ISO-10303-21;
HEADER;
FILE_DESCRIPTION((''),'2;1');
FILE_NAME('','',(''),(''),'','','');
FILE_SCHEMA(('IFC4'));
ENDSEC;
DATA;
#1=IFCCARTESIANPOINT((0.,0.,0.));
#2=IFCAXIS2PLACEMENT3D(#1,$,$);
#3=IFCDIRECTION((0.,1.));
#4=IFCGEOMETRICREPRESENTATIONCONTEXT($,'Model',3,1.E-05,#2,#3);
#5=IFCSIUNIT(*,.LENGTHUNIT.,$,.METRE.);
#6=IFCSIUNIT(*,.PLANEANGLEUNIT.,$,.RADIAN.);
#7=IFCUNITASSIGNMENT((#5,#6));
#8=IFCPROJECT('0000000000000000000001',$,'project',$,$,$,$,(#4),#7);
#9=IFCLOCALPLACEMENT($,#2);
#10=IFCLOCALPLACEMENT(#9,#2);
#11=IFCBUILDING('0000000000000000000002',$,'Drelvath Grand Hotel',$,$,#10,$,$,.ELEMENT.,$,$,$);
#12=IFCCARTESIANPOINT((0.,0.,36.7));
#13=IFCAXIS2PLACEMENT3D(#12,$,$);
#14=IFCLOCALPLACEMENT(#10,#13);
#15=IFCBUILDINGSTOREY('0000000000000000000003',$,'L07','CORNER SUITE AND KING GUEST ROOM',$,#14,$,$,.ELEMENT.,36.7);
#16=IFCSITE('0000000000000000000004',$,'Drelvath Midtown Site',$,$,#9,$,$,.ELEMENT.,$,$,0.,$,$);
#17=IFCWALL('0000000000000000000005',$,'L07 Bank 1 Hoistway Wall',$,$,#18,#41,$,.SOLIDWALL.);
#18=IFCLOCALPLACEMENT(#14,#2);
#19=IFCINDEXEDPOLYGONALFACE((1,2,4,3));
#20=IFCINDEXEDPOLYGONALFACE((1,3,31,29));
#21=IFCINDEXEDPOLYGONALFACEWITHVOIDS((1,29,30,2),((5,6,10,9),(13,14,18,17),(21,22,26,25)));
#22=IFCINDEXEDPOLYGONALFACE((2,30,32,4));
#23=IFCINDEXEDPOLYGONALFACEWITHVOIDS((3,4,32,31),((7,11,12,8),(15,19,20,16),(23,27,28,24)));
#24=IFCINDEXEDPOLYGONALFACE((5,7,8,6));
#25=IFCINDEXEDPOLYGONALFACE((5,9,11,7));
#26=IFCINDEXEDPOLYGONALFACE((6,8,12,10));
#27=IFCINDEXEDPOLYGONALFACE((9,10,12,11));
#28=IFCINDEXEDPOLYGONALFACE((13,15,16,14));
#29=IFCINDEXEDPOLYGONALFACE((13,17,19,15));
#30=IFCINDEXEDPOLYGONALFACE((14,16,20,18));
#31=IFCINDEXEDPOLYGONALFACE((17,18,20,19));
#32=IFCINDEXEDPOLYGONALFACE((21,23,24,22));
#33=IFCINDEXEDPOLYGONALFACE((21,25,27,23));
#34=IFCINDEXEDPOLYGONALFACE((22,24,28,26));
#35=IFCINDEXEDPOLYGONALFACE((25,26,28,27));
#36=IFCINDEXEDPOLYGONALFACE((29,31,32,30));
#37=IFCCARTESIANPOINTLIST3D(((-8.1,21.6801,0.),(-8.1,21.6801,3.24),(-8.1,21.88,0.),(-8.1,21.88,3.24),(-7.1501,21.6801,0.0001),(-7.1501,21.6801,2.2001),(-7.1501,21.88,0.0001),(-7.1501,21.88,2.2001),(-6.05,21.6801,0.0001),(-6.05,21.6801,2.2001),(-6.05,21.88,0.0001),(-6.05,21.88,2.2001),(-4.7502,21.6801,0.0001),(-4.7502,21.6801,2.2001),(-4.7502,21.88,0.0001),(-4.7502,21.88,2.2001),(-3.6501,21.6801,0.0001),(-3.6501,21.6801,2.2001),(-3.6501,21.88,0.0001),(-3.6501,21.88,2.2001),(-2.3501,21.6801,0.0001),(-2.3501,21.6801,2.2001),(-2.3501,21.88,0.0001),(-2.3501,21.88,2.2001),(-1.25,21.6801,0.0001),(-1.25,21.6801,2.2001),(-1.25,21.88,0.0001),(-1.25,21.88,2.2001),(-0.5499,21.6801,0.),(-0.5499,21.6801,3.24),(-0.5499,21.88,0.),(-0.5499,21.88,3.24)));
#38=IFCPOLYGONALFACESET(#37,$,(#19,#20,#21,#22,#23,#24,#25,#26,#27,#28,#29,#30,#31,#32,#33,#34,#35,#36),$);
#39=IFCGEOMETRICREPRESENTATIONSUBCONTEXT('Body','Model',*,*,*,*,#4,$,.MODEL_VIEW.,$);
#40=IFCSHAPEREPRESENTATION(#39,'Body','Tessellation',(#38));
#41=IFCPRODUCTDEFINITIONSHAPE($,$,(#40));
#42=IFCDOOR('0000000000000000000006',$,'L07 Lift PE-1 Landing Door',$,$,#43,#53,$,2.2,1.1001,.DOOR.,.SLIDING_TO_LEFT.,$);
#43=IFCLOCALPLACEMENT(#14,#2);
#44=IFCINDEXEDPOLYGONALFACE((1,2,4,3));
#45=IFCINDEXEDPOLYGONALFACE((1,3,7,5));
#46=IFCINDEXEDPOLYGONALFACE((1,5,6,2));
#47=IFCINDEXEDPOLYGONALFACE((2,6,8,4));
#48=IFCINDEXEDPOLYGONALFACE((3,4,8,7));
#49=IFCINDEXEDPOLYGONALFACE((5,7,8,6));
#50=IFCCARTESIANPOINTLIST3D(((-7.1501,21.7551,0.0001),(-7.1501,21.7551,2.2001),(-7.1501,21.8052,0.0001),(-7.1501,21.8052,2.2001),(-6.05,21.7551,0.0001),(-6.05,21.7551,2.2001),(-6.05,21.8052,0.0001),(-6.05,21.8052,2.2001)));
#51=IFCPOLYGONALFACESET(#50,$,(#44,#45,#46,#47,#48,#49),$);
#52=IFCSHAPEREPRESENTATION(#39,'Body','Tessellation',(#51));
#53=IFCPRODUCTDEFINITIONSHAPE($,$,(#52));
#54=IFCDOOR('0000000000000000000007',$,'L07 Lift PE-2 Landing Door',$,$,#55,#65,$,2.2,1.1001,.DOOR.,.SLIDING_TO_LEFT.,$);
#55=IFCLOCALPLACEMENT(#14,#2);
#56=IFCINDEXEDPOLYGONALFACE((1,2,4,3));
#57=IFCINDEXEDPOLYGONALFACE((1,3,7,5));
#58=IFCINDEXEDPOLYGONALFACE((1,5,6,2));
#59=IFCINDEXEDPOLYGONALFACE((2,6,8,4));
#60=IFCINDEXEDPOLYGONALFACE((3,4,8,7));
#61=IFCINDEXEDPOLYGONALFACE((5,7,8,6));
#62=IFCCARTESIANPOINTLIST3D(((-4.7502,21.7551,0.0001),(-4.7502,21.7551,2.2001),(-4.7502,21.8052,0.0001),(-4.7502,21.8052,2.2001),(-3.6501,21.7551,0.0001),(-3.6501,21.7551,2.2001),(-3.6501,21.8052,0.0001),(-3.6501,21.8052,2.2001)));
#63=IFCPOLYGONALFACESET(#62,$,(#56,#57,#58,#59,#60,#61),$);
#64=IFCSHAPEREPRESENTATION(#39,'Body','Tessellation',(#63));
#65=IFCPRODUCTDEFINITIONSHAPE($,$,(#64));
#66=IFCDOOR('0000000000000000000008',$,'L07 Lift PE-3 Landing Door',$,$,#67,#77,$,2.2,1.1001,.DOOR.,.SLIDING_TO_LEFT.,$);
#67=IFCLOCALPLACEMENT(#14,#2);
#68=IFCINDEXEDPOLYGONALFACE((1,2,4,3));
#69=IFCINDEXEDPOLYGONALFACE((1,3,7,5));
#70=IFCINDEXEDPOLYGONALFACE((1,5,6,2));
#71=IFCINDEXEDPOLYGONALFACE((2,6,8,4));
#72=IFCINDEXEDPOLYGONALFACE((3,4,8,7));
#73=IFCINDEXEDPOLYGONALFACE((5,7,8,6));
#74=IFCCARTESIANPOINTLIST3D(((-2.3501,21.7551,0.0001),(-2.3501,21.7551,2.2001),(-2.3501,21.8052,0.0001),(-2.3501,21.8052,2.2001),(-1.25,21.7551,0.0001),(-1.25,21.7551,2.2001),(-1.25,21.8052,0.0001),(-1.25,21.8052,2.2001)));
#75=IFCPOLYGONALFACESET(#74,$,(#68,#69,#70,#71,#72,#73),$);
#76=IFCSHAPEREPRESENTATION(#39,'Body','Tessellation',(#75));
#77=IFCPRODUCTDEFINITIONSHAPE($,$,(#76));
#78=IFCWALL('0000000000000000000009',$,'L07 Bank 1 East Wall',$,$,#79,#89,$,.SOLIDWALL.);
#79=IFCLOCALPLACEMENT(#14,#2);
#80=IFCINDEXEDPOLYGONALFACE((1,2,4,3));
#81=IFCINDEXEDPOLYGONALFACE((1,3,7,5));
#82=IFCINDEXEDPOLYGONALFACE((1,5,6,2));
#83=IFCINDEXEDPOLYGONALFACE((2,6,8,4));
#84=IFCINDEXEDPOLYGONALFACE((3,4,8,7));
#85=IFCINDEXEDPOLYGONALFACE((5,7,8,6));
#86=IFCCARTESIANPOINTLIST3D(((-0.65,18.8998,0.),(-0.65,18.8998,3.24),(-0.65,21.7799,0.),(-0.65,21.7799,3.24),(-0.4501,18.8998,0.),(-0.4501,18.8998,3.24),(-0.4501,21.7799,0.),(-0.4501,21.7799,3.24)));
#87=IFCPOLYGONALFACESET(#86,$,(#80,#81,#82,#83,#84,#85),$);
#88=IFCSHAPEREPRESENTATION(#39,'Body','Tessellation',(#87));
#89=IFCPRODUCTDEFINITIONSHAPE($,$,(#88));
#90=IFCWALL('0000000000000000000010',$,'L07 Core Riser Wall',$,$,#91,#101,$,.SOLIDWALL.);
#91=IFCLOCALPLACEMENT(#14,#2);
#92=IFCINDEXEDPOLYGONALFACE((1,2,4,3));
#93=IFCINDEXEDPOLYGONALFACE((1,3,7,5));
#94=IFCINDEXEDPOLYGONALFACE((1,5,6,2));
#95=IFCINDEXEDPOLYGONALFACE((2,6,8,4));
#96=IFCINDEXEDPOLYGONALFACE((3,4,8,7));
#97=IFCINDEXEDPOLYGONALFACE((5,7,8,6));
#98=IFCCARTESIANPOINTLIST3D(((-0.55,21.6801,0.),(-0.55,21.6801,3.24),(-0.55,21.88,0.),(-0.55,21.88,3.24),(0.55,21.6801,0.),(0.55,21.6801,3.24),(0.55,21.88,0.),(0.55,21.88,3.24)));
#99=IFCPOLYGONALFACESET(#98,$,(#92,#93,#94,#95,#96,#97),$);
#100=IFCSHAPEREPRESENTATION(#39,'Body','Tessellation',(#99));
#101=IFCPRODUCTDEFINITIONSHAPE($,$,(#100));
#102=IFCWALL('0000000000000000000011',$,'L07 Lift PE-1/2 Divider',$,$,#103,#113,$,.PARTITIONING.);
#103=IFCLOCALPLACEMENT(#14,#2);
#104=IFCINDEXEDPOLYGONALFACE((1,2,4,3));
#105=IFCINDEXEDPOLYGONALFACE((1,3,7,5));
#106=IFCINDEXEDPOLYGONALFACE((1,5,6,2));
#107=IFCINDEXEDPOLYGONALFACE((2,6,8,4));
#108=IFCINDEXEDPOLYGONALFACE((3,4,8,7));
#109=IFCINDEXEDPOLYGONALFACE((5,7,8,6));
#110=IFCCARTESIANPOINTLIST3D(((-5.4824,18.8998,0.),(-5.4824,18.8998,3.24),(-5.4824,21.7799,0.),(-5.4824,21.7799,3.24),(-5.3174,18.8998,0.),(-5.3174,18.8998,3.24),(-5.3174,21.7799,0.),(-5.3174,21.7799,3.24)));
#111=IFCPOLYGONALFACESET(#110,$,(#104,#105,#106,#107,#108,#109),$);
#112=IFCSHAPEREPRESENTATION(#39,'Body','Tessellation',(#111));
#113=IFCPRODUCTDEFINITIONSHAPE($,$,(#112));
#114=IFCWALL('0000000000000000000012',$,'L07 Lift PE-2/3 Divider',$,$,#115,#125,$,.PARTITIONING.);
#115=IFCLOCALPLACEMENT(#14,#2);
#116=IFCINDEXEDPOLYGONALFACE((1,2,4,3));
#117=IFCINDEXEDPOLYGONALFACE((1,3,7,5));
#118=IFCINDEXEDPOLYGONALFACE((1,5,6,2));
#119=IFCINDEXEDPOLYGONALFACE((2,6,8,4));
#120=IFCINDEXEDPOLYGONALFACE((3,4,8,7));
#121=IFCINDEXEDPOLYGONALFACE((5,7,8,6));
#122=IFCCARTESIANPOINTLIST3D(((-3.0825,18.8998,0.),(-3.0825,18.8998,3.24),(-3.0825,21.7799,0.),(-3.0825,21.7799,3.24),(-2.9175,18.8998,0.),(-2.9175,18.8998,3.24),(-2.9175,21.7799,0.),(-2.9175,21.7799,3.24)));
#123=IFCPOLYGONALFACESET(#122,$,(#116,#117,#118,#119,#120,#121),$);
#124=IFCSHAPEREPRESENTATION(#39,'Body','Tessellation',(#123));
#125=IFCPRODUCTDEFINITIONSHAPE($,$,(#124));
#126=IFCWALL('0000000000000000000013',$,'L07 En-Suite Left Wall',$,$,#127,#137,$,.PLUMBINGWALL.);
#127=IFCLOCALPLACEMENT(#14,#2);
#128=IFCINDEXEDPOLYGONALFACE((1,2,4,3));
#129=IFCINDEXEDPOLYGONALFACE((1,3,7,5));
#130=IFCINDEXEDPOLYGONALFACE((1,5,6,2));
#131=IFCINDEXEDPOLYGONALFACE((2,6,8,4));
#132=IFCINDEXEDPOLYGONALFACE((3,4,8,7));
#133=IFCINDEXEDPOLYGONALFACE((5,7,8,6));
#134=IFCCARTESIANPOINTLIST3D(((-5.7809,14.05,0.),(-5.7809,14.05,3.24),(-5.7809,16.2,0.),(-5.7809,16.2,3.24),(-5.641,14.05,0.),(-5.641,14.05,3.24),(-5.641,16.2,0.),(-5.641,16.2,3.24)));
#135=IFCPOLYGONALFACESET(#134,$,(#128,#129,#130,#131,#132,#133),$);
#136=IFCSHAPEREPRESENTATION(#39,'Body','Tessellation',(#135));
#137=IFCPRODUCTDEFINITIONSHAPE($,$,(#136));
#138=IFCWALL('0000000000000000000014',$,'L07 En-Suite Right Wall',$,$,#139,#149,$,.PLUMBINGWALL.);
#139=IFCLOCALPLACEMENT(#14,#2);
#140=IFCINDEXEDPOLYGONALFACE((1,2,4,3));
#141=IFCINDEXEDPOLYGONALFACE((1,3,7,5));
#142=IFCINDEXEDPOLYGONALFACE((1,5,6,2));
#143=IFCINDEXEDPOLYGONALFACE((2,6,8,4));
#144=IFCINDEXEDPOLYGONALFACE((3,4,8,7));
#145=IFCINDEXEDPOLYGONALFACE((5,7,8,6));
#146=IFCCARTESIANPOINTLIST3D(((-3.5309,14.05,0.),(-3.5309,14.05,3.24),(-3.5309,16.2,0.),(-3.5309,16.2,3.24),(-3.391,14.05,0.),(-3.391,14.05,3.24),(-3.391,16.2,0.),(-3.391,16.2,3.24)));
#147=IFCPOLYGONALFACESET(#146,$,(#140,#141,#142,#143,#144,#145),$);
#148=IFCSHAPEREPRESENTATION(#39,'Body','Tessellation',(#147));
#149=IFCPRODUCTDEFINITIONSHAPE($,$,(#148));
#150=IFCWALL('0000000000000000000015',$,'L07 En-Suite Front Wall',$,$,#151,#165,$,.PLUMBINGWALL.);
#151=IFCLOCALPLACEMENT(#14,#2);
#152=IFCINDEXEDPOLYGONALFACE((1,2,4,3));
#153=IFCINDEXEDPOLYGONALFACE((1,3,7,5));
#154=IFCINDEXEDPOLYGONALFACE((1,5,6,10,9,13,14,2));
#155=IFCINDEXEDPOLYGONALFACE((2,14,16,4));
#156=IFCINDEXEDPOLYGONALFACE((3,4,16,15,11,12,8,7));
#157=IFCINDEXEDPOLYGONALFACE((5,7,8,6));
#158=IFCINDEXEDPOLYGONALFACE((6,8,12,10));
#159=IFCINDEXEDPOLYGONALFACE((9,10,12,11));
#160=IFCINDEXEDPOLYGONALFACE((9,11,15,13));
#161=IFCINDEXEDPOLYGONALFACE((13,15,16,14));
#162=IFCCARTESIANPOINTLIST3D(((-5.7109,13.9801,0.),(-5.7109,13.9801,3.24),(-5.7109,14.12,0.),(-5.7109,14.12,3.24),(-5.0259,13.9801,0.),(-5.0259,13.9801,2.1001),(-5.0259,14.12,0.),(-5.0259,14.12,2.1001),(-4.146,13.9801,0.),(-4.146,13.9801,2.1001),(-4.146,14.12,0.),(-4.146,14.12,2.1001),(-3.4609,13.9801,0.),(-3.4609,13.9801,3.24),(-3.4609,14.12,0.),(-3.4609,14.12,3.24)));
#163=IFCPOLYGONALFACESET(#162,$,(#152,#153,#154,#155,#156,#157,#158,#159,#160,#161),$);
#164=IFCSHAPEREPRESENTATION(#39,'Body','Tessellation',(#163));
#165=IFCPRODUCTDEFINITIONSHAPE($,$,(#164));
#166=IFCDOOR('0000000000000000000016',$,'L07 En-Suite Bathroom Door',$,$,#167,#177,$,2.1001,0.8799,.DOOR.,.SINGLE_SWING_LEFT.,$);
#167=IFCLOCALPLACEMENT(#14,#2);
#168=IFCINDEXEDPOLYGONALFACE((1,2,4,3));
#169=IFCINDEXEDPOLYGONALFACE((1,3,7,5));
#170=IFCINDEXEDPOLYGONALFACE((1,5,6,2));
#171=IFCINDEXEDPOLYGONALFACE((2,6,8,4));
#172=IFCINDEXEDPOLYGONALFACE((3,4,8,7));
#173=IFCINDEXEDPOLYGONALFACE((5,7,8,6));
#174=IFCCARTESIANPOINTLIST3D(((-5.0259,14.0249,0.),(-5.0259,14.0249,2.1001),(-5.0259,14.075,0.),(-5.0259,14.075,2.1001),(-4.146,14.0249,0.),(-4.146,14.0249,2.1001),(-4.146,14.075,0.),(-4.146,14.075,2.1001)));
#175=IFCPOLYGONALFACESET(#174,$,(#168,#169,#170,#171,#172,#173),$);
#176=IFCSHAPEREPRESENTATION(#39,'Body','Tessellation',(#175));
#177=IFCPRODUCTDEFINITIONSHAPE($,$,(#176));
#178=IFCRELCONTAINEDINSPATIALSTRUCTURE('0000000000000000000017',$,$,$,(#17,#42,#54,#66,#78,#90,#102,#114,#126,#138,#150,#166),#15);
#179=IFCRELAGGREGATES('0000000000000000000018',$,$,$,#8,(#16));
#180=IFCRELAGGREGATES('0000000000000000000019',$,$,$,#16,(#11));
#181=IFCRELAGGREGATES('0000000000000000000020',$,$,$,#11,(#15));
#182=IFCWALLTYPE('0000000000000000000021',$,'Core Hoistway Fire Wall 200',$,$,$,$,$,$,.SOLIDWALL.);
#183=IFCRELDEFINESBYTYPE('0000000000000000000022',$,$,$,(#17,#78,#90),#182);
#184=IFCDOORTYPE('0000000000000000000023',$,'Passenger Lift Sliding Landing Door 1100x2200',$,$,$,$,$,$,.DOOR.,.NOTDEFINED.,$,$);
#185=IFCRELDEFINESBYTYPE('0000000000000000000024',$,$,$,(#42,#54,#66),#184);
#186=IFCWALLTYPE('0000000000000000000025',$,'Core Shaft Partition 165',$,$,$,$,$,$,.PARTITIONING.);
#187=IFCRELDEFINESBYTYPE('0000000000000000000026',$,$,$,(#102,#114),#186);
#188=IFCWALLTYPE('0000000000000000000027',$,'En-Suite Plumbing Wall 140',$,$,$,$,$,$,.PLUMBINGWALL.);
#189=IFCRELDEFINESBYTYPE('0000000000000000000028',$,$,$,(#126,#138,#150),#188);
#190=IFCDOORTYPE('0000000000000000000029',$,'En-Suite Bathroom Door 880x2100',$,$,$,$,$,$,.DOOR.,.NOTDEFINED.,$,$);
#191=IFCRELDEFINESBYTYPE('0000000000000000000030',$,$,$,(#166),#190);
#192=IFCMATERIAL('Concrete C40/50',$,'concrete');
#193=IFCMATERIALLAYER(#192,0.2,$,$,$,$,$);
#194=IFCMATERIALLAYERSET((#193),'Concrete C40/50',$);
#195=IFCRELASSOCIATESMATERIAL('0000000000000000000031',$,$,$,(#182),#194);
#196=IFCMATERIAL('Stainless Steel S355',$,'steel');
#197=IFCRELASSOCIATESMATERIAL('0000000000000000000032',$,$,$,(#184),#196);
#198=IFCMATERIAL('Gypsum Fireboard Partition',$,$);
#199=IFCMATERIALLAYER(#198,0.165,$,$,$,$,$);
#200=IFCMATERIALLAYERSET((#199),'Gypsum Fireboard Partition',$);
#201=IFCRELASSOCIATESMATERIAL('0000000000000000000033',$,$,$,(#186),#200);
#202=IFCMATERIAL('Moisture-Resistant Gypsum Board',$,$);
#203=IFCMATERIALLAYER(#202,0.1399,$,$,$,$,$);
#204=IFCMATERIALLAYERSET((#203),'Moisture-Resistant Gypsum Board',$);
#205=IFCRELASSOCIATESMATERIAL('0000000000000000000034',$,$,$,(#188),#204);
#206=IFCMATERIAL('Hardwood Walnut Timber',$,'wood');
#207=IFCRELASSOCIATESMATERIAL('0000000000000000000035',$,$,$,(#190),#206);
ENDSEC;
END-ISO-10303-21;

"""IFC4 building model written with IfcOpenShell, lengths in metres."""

from ifc_helpers import new_model, si_unit, direction, frame, frame_2d, origin, place, context, subcontext, project, spatial, rectangle, extrude, material, layer, layer_set, type_object, element, fill, save


model = new_model("IFC4")

# Units and contexts
model_context = context("Model", 3, precision=1e-05, world=origin(), true_north=direction((0.0, 1.0)))
body_context = subcontext(model_context, "Body", "Model", "MODEL_VIEW")
ifc_project = project(units=[si_unit("LENGTHUNIT", "METRE"), si_unit("PLANEANGLEUNIT", "RADIAN")], contexts=[model_context])

# Site, building, storey
site_placement = place(None, origin())
site = spatial("IfcSite", under=ifc_project, at=site_placement, Name="Drelvath Midtown Site", CompositionType="ELEMENT", RefElevation=0.0)
building_placement = place(site_placement, origin())
building = spatial("IfcBuilding", under=site, at=building_placement, Name="Drelvath Grand Hotel", CompositionType="ELEMENT")
storey_placement = place(building_placement, frame((0.0, 0.0, 36.7)))
storey = spatial("IfcBuildingStorey", under=building, at=storey_placement, Name="L07", Description="CORNER SUITE AND KING GUEST ROOM", CompositionType="ELEMENT", Elevation=36.7)

# Wall, openings, doors
ifc_material_1 = material(Name="Concrete C40/50", Category="concrete")
ifc_layer_1 = layer(ifc_material_1, 0.2)
ifc_layer_set_1 = layer_set([ifc_layer_1], Name="Concrete C40/50")
wall_type_1 = type_object("IfcWallType", Name="Core Hoistway Fire Wall 200", PredefinedType="SOLIDWALL", material=ifc_layer_set_1)
wall_1_placement = place(storey_placement, frame((-0.55, 21.78, 0.0), z_axis=(0.0, 0.0, 1.0), x_axis=(-1.0, 0.0, 0.0)))
wall_1 = element("IfcWall", 1, at=wall_1_placement, inside=storey, type_object=wall_type_1, Name="L07 Bank 1 Hoistway Wall", PredefinedType="SOLIDWALL", context=body_context, shape_type="SweptSolid", body=[
    extrude(rectangle(XDim=7.55, YDim=0.2, at=frame_2d((3.7749, 0.0))), origin(), (0.0, 0.0, 1.0), 3.24),
])
opening_1_placement = place(wall_1_placement, frame((5.5, 0.0, 0.0)))
opening_1 = element("IfcOpeningElement", 2, at=opening_1_placement, cuts=wall_1, PredefinedType="OPENING", context=body_context, shape_type="SweptSolid", body=[
    extrude(rectangle(XDim=1.1001, YDim=2.2, at=frame_2d((0.55, 1.1001))), frame((0.0, 0.1099, 0.0), z_axis=(0.0, -1.0, 0.0), x_axis=(1.0, 0.0, 0.0)), (0.0, 0.0, 1.0), 0.22),
])
opening_2_placement = place(wall_1_placement, frame((3.1001, 0.0, 0.0)))
opening_2 = element("IfcOpeningElement", 3, at=opening_2_placement, cuts=wall_1, PredefinedType="OPENING", context=body_context, shape_type="SweptSolid", body=[
    extrude(rectangle(XDim=1.1001, YDim=2.2, at=frame_2d((0.55, 1.1001))), frame((0.0, 0.1099, 0.0), z_axis=(0.0, -1.0, 0.0), x_axis=(1.0, 0.0, 0.0)), (0.0, 0.0, 1.0), 0.22),
])
opening_3_placement = place(wall_1_placement, frame((0.7, 0.0, 0.0)))
opening_3 = element("IfcOpeningElement", 4, at=opening_3_placement, cuts=wall_1, PredefinedType="OPENING", context=body_context, shape_type="SweptSolid", body=[
    extrude(rectangle(XDim=1.1001, YDim=2.2, at=frame_2d((0.55, 1.1001))), frame((0.0, 0.1099, 0.0), z_axis=(0.0, -1.0, 0.0), x_axis=(1.0, 0.0, 0.0)), (0.0, 0.0, 1.0), 0.22),
])
ifc_material_2 = material(Name="Stainless Steel S355", Category="steel")
door_type_1 = type_object("IfcDoorType", Name="Passenger Lift Sliding Landing Door 1100x2200", OperationType="NOTDEFINED", PredefinedType="DOOR", material=ifc_material_2)
door_1_placement = place(opening_1_placement, origin())
door_1 = element("IfcDoor", 5, at=door_1_placement, inside=storey, type_object=door_type_1, Name="L07 Lift PE-1 Landing Door", OperationType="SLIDING_TO_LEFT", OverallHeight=2.2, OverallWidth=1.1001, PredefinedType="DOOR", context=body_context, shape_type="SweptSolid", body=[
    extrude(rectangle(XDim=1.1001, YDim=2.2, at=frame_2d((0.55, 1.1001))), frame((0.0, 0.0249, 0.0), z_axis=(0.0, -1.0, 0.0), x_axis=(1.0, 0.0, 0.0)), (0.0, 0.0, 1.0), 0.05),
])
fill(opening_1, door_1)
door_2_placement = place(opening_2_placement, origin())
door_2 = element("IfcDoor", 6, at=door_2_placement, inside=storey, type_object=door_type_1, Name="L07 Lift PE-2 Landing Door", OperationType="SLIDING_TO_LEFT", OverallHeight=2.2, OverallWidth=1.1001, PredefinedType="DOOR", context=body_context, shape_type="SweptSolid", body=[
    extrude(rectangle(XDim=1.1001, YDim=2.2, at=frame_2d((0.55, 1.1001))), frame((0.0, 0.0249, 0.0), z_axis=(0.0, -1.0, 0.0), x_axis=(1.0, 0.0, 0.0)), (0.0, 0.0, 1.0), 0.05),
])
fill(opening_2, door_2)
door_3_placement = place(opening_3_placement, origin())
door_3 = element("IfcDoor", 7, at=door_3_placement, inside=storey, type_object=door_type_1, Name="L07 Lift PE-3 Landing Door", OperationType="SLIDING_TO_LEFT", OverallHeight=2.2, OverallWidth=1.1001, PredefinedType="DOOR", context=body_context, shape_type="SweptSolid", body=[
    extrude(rectangle(XDim=1.1001, YDim=2.2, at=frame_2d((0.55, 1.1001))), frame((0.0, 0.0249, 0.0), z_axis=(0.0, -1.0, 0.0), x_axis=(1.0, 0.0, 0.0)), (0.0, 0.0, 1.0), 0.05),
])
fill(opening_3, door_3)

# Walls
wall_2_placement = place(storey_placement, frame((-0.55, 18.8999, 0.0), z_axis=(0.0, 0.0, 1.0), x_axis=(0.0, 1.0, 0.0)))
element("IfcWall", 8, at=wall_2_placement, inside=storey, type_object=wall_type_1, Name="L07 Bank 1 East Wall", PredefinedType="SOLIDWALL", context=body_context, shape_type="SweptSolid", body=[
    extrude(rectangle(XDim=2.8801, YDim=0.2, at=frame_2d((1.4399, 0.0))), origin(), (0.0, 0.0, 1.0), 3.24),
])
wall_3_placement = place(storey_placement, frame((-0.55, 21.78, 0.0), z_axis=(0.0, 0.0, 1.0), x_axis=(1.0, 0.0, 0.0)))
element("IfcWall", 9, at=wall_3_placement, inside=storey, type_object=wall_type_1, Name="L07 Core Riser Wall", PredefinedType="SOLIDWALL", context=body_context, shape_type="SweptSolid", body=[
    extrude(rectangle(XDim=1.1001, YDim=0.2, at=frame_2d((0.55, 0.0))), origin(), (0.0, 0.0, 1.0), 3.24),
])
ifc_material_3 = material(Name="Gypsum Fireboard Partition")
ifc_layer_2 = layer(ifc_material_3, 0.165)
ifc_layer_set_2 = layer_set([ifc_layer_2], Name="Gypsum Fireboard Partition")
wall_type_2 = type_object("IfcWallType", Name="Core Shaft Partition 165", PredefinedType="PARTITIONING", material=ifc_layer_set_2)
for number, where, z_axis, x_axis, name in (
    (10, (-5.3999, 18.8999, 0.0), (0.0, 0.0, 1.0), (0.0, 1.0, 0.0), "L07 Lift PE-1/2 Divider"),
    (11, (-3.0, 18.8999, 0.0), (0.0, 0.0, 1.0), (0.0, 1.0, 0.0), "L07 Lift PE-2/3 Divider"),
):
    element("IfcWall", number, at=place(storey_placement, frame(where, z_axis=z_axis, x_axis=x_axis)), inside=storey, type_object=wall_type_2, Name=name, PredefinedType="PARTITIONING", context=body_context, shape_type="SweptSolid", body=[
        extrude(rectangle(XDim=2.8801, YDim=0.165, at=frame_2d((1.4399, 0.0))), origin(), (0.0, 0.0, 1.0), 3.24),
    ])
ifc_material_4 = material(Name="Moisture-Resistant Gypsum Board")
ifc_layer_3 = layer(ifc_material_4, 0.1399)
ifc_layer_set_3 = layer_set([ifc_layer_3], Name="Moisture-Resistant Gypsum Board")
wall_type_3 = type_object("IfcWallType", Name="En-Suite Plumbing Wall 140", PredefinedType="PLUMBINGWALL", material=ifc_layer_set_3)
for number, where, z_axis, x_axis, name in (
    (12, (-5.7109, 16.2, 0.0), (0.0, 0.0, 1.0), (0.0, -1.0, 0.0), "L07 En-Suite Left Wall"),
    (13, (-3.4609, 16.2, 0.0), (0.0, 0.0, 1.0), (0.0, -1.0, 0.0), "L07 En-Suite Right Wall"),
):
    element("IfcWall", number, at=place(storey_placement, frame(where, z_axis=z_axis, x_axis=x_axis)), inside=storey, type_object=wall_type_3, Name=name, PredefinedType="PLUMBINGWALL", context=body_context, shape_type="SweptSolid", body=[
        extrude(rectangle(XDim=2.1499, YDim=0.1399, at=frame_2d((1.075, 0.0))), origin(), (0.0, 0.0, 1.0), 3.24),
    ])

# Wall, opening, door
wall_4_placement = place(storey_placement, frame((-5.7109, 14.05, 0.0), z_axis=(0.0, 0.0, 1.0), x_axis=(1.0, 0.0, 0.0)))
wall_4 = element("IfcWall", 14, at=wall_4_placement, inside=storey, type_object=wall_type_3, Name="L07 En-Suite Front Wall", PredefinedType="PLUMBINGWALL", context=body_context, shape_type="SweptSolid", body=[
    extrude(rectangle(XDim=2.25, YDim=0.1399, at=frame_2d((1.125, 0.0))), origin(), (0.0, 0.0, 1.0), 3.24),
])
opening_4_placement = place(wall_4_placement, frame((0.6851, 0.0, 0.0)))
opening_4 = element("IfcOpeningElement", 15, at=opening_4_placement, cuts=wall_4, PredefinedType="OPENING", context=body_context, shape_type="SweptSolid", body=[
    extrude(rectangle(XDim=0.8799, YDim=2.1001, at=frame_2d((0.4399, 1.05))), frame((0.0, 0.0798, 0.0), z_axis=(0.0, -1.0, 0.0), x_axis=(1.0, 0.0, 0.0)), (0.0, 0.0, 1.0), 0.1599),
])
ifc_material_5 = material(Name="Hardwood Walnut Timber", Category="wood")
door_type_2 = type_object("IfcDoorType", Name="En-Suite Bathroom Door 880x2100", OperationType="NOTDEFINED", PredefinedType="DOOR", material=ifc_material_5)
door_4_placement = place(opening_4_placement, origin())
door_4 = element("IfcDoor", 16, at=door_4_placement, inside=storey, type_object=door_type_2, Name="L07 En-Suite Bathroom Door", OperationType="SINGLE_SWING_LEFT", OverallHeight=2.1001, OverallWidth=0.8799, PredefinedType="DOOR", context=body_context, shape_type="SweptSolid", body=[
    extrude(rectangle(XDim=0.8799, YDim=2.1001, at=frame_2d((0.4399, 1.05))), frame((0.0, 0.0249, 0.0), z_axis=(0.0, -1.0, 0.0), x_axis=(1.0, 0.0, 0.0)), (0.0, 0.0, 1.0), 0.05),
])
fill(opening_4, door_4)

save(model, "model.ifc")
